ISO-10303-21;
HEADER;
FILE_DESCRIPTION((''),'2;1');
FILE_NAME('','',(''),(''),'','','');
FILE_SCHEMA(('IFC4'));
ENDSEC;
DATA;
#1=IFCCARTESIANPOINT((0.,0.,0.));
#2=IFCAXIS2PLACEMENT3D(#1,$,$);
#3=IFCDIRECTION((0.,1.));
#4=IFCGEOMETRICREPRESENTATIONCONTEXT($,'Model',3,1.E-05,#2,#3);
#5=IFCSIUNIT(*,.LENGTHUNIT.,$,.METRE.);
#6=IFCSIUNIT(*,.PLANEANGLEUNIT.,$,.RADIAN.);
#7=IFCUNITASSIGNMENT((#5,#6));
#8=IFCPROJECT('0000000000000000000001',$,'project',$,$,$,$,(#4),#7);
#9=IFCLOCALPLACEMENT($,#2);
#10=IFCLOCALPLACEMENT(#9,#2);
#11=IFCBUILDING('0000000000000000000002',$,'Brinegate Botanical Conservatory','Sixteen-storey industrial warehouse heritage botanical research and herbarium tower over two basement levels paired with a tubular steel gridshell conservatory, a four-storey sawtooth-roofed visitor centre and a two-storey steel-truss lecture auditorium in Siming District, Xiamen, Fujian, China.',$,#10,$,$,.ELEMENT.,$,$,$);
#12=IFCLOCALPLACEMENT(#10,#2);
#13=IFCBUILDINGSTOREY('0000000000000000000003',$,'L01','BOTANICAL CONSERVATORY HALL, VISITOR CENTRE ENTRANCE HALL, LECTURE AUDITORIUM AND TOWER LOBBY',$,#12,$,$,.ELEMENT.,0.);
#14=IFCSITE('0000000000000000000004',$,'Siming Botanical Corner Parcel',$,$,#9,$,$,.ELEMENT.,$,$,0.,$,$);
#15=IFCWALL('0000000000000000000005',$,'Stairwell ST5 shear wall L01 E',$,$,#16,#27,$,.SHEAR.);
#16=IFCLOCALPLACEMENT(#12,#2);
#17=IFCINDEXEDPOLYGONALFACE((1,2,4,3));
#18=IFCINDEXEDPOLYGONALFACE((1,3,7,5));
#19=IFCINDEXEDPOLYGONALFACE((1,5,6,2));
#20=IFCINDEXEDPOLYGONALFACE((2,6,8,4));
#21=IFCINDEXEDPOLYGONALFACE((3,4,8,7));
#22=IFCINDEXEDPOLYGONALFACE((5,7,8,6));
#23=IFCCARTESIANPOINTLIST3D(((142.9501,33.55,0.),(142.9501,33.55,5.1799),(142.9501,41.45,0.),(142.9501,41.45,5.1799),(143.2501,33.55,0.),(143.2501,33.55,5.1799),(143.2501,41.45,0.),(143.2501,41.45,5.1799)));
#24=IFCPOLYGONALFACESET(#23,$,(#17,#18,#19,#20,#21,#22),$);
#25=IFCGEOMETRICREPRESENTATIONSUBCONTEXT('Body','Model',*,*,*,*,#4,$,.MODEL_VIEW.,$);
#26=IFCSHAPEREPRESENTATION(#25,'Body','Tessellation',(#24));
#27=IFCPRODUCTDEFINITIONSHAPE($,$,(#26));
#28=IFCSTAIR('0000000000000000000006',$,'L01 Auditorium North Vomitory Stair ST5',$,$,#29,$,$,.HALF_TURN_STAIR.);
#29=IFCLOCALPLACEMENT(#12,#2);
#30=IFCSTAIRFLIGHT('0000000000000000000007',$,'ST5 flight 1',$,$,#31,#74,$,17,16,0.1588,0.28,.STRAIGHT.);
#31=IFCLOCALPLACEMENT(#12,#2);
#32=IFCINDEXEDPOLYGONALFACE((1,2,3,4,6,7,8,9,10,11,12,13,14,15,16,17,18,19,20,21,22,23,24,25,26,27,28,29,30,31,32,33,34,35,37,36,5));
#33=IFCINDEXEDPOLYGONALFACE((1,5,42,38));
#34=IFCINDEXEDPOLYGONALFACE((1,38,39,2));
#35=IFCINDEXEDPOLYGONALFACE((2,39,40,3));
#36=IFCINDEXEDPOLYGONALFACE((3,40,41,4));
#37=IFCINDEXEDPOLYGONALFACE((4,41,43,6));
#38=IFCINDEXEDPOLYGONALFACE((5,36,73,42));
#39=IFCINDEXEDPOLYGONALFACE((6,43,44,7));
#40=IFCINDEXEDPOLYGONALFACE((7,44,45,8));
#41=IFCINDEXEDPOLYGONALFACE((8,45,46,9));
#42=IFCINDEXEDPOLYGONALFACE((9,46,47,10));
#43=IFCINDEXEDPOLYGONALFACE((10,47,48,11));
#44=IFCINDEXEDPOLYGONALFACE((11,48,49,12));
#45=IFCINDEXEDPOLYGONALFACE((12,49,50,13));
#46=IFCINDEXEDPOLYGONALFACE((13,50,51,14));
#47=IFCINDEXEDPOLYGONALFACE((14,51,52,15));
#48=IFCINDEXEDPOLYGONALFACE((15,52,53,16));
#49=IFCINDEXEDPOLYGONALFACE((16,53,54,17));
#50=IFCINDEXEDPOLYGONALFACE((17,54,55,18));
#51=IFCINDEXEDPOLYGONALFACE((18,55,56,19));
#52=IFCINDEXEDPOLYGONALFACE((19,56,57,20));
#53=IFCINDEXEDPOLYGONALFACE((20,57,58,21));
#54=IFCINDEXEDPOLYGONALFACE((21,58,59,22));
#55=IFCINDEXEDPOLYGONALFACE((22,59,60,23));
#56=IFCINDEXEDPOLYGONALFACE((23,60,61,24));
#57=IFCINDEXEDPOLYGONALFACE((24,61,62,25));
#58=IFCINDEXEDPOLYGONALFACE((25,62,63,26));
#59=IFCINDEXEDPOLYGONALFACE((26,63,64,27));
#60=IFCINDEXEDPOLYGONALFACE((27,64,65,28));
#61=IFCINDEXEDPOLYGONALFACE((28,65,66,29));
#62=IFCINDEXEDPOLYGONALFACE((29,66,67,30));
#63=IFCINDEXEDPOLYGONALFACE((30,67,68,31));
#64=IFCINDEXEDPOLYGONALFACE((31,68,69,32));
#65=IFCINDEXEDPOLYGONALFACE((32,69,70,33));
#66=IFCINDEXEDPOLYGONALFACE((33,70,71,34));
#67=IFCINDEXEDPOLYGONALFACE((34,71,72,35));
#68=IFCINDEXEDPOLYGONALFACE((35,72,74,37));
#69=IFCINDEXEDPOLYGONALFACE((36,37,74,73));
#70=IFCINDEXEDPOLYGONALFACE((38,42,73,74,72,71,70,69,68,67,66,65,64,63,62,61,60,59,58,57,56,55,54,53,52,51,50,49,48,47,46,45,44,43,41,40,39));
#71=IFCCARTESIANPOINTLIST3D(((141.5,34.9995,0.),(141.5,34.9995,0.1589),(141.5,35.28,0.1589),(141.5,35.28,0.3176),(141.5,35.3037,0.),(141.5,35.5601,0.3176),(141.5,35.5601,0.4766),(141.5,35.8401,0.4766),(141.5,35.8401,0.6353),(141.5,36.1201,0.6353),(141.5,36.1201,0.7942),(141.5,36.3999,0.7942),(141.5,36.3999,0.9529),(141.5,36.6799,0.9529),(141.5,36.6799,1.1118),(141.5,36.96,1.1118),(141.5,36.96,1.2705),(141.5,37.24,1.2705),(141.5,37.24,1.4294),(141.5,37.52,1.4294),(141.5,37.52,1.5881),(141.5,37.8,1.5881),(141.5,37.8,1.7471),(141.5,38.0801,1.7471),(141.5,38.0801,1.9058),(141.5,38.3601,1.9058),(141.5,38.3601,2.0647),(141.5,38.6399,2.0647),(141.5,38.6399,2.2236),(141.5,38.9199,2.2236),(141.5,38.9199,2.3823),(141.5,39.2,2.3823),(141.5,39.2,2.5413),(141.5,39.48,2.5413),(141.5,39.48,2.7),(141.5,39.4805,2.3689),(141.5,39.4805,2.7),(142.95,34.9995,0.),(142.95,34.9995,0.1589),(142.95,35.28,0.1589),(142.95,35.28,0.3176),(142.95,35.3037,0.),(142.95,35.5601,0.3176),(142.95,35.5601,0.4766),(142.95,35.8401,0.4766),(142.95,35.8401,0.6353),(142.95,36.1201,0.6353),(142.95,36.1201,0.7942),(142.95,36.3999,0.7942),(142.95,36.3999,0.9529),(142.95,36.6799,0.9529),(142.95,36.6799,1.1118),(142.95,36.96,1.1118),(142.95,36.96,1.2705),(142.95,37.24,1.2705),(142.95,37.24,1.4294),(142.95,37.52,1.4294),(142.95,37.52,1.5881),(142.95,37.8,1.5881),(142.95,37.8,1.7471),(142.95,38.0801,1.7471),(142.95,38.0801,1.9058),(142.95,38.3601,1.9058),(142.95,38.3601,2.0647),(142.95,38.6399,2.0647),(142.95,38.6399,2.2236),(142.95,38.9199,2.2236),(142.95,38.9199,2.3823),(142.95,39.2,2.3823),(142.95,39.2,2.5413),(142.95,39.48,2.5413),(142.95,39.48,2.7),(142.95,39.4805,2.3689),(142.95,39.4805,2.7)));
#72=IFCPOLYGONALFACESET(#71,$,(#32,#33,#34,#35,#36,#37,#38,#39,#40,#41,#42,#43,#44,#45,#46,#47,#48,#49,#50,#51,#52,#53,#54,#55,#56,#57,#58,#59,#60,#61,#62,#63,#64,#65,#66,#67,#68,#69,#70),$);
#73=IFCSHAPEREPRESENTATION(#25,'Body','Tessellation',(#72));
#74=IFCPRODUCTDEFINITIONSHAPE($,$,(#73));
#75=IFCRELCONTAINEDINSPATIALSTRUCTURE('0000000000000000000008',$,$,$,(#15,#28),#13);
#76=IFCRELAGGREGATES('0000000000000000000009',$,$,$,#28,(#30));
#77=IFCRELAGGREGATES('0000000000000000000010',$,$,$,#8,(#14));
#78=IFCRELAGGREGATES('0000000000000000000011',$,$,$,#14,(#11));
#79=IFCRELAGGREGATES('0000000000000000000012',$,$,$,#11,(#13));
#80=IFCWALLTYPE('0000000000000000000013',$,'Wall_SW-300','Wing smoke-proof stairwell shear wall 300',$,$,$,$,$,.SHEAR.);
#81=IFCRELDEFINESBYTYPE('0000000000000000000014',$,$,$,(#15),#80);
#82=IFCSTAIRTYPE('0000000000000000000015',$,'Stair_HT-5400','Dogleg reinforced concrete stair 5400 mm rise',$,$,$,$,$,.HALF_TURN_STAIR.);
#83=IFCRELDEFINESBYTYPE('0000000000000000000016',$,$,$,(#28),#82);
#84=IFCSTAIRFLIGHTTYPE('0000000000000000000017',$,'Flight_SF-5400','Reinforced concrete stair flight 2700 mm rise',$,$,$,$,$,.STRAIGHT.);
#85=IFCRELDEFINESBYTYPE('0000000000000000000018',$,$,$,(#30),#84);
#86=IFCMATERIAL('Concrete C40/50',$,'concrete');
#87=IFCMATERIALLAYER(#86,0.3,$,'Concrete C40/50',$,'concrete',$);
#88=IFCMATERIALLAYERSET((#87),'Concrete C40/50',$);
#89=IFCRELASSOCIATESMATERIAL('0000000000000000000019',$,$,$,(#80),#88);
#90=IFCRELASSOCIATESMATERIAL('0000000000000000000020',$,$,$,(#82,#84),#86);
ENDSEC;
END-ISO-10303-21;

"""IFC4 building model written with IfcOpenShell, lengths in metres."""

from ifc_helpers import new_model, si_unit, direction, frame, frame_2d, origin, place, context, subcontext, project, spatial, polyline, rectangle, outline, extrude, material, layer, layer_set, type_object, element, aggregate, save


model = new_model("IFC4")

# Units and contexts
model_context = context("Model", 3, precision=1e-05, world=origin(), true_north=direction((0.0, 1.0)))
body_context = subcontext(model_context, "Body", "Model", "MODEL_VIEW")
ifc_project = project(units=[si_unit("LENGTHUNIT", "METRE"), si_unit("PLANEANGLEUNIT", "RADIAN")], contexts=[model_context])

# Site, building, storey
site_placement = place(None, origin())
site = spatial("IfcSite", under=ifc_project, at=site_placement, Name="Siming Botanical Corner Parcel", CompositionType="ELEMENT", RefElevation=0.0)
building_placement = place(site_placement, origin())
building = spatial("IfcBuilding", under=site, at=building_placement, Name="Brinegate Botanical Conservatory", Description="Sixteen-storey industrial warehouse heritage botanical research and herbarium tower over two basement levels paired with a tubular steel gridshell conservatory, a four-storey sawtooth-roofed visitor centre and a two-storey steel-truss lecture auditorium in Siming District, Xiamen, Fujian, China.", CompositionType="ELEMENT")
storey_placement = place(building_placement, origin())
storey = spatial("IfcBuildingStorey", under=building, at=storey_placement, Name="L01", Description="BOTANICAL CONSERVATORY HALL, VISITOR CENTRE ENTRANCE HALL, LECTURE AUDITORIUM AND TOWER LOBBY", CompositionType="ELEMENT", Elevation=0.0)

# Shared definitions
ifc_material_1 = material(Name="Concrete C40/50", Category="concrete")

# Shared definitions
ifc_layer_1 = layer(ifc_material_1, 0.3, Name="Concrete C40/50", Category="concrete")
ifc_layer_set_1 = layer_set([ifc_layer_1], Name="Concrete C40/50")
wall_type_1 = type_object("IfcWallType", Name="Wall_SW-300", Description="Wing smoke-proof stairwell shear wall 300", PredefinedType="SHEAR", material=ifc_layer_set_1)

# Wall
for number, where, z_axis, x_axis, name in (
    (1, (143.1001, 33.55, 0.0), (0.0, 0.0, 1.0), (0.0, 1.0, 0.0), "Stairwell ST5 shear wall L01 E"),
):
    element("IfcWall", number, at=place(storey_placement, frame(where, z_axis=z_axis, x_axis=x_axis)), inside=storey, type_object=wall_type_1, Name=name, PredefinedType="SHEAR", context=body_context, shape_type="SweptSolid", body=[
        extrude(rectangle(XDim=7.8999, YDim=0.3, at=frame_2d((3.95, 0.0))), origin(), (0.0, 0.0, 1.0), 5.1799),
    ])

# Stair, stair flight
stair_type = type_object("IfcStairType", Name="Stair_HT-5400", Description="Dogleg reinforced concrete stair 5400 mm rise", PredefinedType="HALF_TURN_STAIR", material=ifc_material_1)
stair_placement = place(storey_placement, origin())
stair = element("IfcStair", 2, at=stair_placement, inside=storey, type_object=stair_type, Name="L01 Auditorium North Vomitory Stair ST5", PredefinedType="HALF_TURN_STAIR")
stair_flight_type = type_object("IfcStairFlightType", Name="Flight_SF-5400", Description="Reinforced concrete stair flight 2700 mm rise", PredefinedType="STRAIGHT", material=ifc_material_1)
stair_flight_placement = place(storey_placement, frame((142.2251, 35.0, 0.0), z_axis=(0.0, 0.0, 1.0), x_axis=(0.0, 1.0, 0.0)))
stair_flight = element("IfcStairFlight", 3, at=stair_flight_placement, type_object=stair_flight_type, Name="ST5 flight 1", NumberOfRisers=17, NumberOfTreads=16, PredefinedType="STRAIGHT", RiserHeight=0.1588, TreadLength=0.28, context=body_context, shape_type="SweptSolid", body=[
    extrude(outline(polyline([(-0.0005, 0.0), (-0.0005, 0.1589), (0.28, 0.1589), (0.28, 0.3176), (0.5601, 0.3176), (0.5601, 0.4766), (0.8401, 0.4766), (0.8401, 0.6353), (1.1201, 0.6353), (1.1201, 0.7942), (1.3999, 0.7942), (1.3999, 0.9529), (1.6799, 0.9529), (1.6799, 1.1118), (1.96, 1.1118), (1.96, 1.2705), (2.24, 1.2705), (2.24, 1.4294), (2.52, 1.4294), (2.52, 1.5881), (2.8, 1.5881), (2.8, 1.7471), (3.0801, 1.7471), (3.0801, 1.9058), (3.3601, 1.9058), (3.3601, 2.0647), (3.6399, 2.0647), (3.6399, 2.2236), (3.9199, 2.2236), (3.9199, 2.3823), (4.2, 2.3823), (4.2, 2.5413), (4.48, 2.5413), (4.48, 2.7), (4.4805, 2.7), (4.4805, 2.3689), (0.3037, 0.0), (-0.0005, 0.0)])), frame((0.0, 0.7251, 0.0), z_axis=(0.0, -1.0, 0.0), x_axis=(1.0, 0.0, 0.0)), (0.0, 0.0, 1.0), 1.45),
])
aggregate(stair, [stair_flight])

save(model, "model.ifc")
